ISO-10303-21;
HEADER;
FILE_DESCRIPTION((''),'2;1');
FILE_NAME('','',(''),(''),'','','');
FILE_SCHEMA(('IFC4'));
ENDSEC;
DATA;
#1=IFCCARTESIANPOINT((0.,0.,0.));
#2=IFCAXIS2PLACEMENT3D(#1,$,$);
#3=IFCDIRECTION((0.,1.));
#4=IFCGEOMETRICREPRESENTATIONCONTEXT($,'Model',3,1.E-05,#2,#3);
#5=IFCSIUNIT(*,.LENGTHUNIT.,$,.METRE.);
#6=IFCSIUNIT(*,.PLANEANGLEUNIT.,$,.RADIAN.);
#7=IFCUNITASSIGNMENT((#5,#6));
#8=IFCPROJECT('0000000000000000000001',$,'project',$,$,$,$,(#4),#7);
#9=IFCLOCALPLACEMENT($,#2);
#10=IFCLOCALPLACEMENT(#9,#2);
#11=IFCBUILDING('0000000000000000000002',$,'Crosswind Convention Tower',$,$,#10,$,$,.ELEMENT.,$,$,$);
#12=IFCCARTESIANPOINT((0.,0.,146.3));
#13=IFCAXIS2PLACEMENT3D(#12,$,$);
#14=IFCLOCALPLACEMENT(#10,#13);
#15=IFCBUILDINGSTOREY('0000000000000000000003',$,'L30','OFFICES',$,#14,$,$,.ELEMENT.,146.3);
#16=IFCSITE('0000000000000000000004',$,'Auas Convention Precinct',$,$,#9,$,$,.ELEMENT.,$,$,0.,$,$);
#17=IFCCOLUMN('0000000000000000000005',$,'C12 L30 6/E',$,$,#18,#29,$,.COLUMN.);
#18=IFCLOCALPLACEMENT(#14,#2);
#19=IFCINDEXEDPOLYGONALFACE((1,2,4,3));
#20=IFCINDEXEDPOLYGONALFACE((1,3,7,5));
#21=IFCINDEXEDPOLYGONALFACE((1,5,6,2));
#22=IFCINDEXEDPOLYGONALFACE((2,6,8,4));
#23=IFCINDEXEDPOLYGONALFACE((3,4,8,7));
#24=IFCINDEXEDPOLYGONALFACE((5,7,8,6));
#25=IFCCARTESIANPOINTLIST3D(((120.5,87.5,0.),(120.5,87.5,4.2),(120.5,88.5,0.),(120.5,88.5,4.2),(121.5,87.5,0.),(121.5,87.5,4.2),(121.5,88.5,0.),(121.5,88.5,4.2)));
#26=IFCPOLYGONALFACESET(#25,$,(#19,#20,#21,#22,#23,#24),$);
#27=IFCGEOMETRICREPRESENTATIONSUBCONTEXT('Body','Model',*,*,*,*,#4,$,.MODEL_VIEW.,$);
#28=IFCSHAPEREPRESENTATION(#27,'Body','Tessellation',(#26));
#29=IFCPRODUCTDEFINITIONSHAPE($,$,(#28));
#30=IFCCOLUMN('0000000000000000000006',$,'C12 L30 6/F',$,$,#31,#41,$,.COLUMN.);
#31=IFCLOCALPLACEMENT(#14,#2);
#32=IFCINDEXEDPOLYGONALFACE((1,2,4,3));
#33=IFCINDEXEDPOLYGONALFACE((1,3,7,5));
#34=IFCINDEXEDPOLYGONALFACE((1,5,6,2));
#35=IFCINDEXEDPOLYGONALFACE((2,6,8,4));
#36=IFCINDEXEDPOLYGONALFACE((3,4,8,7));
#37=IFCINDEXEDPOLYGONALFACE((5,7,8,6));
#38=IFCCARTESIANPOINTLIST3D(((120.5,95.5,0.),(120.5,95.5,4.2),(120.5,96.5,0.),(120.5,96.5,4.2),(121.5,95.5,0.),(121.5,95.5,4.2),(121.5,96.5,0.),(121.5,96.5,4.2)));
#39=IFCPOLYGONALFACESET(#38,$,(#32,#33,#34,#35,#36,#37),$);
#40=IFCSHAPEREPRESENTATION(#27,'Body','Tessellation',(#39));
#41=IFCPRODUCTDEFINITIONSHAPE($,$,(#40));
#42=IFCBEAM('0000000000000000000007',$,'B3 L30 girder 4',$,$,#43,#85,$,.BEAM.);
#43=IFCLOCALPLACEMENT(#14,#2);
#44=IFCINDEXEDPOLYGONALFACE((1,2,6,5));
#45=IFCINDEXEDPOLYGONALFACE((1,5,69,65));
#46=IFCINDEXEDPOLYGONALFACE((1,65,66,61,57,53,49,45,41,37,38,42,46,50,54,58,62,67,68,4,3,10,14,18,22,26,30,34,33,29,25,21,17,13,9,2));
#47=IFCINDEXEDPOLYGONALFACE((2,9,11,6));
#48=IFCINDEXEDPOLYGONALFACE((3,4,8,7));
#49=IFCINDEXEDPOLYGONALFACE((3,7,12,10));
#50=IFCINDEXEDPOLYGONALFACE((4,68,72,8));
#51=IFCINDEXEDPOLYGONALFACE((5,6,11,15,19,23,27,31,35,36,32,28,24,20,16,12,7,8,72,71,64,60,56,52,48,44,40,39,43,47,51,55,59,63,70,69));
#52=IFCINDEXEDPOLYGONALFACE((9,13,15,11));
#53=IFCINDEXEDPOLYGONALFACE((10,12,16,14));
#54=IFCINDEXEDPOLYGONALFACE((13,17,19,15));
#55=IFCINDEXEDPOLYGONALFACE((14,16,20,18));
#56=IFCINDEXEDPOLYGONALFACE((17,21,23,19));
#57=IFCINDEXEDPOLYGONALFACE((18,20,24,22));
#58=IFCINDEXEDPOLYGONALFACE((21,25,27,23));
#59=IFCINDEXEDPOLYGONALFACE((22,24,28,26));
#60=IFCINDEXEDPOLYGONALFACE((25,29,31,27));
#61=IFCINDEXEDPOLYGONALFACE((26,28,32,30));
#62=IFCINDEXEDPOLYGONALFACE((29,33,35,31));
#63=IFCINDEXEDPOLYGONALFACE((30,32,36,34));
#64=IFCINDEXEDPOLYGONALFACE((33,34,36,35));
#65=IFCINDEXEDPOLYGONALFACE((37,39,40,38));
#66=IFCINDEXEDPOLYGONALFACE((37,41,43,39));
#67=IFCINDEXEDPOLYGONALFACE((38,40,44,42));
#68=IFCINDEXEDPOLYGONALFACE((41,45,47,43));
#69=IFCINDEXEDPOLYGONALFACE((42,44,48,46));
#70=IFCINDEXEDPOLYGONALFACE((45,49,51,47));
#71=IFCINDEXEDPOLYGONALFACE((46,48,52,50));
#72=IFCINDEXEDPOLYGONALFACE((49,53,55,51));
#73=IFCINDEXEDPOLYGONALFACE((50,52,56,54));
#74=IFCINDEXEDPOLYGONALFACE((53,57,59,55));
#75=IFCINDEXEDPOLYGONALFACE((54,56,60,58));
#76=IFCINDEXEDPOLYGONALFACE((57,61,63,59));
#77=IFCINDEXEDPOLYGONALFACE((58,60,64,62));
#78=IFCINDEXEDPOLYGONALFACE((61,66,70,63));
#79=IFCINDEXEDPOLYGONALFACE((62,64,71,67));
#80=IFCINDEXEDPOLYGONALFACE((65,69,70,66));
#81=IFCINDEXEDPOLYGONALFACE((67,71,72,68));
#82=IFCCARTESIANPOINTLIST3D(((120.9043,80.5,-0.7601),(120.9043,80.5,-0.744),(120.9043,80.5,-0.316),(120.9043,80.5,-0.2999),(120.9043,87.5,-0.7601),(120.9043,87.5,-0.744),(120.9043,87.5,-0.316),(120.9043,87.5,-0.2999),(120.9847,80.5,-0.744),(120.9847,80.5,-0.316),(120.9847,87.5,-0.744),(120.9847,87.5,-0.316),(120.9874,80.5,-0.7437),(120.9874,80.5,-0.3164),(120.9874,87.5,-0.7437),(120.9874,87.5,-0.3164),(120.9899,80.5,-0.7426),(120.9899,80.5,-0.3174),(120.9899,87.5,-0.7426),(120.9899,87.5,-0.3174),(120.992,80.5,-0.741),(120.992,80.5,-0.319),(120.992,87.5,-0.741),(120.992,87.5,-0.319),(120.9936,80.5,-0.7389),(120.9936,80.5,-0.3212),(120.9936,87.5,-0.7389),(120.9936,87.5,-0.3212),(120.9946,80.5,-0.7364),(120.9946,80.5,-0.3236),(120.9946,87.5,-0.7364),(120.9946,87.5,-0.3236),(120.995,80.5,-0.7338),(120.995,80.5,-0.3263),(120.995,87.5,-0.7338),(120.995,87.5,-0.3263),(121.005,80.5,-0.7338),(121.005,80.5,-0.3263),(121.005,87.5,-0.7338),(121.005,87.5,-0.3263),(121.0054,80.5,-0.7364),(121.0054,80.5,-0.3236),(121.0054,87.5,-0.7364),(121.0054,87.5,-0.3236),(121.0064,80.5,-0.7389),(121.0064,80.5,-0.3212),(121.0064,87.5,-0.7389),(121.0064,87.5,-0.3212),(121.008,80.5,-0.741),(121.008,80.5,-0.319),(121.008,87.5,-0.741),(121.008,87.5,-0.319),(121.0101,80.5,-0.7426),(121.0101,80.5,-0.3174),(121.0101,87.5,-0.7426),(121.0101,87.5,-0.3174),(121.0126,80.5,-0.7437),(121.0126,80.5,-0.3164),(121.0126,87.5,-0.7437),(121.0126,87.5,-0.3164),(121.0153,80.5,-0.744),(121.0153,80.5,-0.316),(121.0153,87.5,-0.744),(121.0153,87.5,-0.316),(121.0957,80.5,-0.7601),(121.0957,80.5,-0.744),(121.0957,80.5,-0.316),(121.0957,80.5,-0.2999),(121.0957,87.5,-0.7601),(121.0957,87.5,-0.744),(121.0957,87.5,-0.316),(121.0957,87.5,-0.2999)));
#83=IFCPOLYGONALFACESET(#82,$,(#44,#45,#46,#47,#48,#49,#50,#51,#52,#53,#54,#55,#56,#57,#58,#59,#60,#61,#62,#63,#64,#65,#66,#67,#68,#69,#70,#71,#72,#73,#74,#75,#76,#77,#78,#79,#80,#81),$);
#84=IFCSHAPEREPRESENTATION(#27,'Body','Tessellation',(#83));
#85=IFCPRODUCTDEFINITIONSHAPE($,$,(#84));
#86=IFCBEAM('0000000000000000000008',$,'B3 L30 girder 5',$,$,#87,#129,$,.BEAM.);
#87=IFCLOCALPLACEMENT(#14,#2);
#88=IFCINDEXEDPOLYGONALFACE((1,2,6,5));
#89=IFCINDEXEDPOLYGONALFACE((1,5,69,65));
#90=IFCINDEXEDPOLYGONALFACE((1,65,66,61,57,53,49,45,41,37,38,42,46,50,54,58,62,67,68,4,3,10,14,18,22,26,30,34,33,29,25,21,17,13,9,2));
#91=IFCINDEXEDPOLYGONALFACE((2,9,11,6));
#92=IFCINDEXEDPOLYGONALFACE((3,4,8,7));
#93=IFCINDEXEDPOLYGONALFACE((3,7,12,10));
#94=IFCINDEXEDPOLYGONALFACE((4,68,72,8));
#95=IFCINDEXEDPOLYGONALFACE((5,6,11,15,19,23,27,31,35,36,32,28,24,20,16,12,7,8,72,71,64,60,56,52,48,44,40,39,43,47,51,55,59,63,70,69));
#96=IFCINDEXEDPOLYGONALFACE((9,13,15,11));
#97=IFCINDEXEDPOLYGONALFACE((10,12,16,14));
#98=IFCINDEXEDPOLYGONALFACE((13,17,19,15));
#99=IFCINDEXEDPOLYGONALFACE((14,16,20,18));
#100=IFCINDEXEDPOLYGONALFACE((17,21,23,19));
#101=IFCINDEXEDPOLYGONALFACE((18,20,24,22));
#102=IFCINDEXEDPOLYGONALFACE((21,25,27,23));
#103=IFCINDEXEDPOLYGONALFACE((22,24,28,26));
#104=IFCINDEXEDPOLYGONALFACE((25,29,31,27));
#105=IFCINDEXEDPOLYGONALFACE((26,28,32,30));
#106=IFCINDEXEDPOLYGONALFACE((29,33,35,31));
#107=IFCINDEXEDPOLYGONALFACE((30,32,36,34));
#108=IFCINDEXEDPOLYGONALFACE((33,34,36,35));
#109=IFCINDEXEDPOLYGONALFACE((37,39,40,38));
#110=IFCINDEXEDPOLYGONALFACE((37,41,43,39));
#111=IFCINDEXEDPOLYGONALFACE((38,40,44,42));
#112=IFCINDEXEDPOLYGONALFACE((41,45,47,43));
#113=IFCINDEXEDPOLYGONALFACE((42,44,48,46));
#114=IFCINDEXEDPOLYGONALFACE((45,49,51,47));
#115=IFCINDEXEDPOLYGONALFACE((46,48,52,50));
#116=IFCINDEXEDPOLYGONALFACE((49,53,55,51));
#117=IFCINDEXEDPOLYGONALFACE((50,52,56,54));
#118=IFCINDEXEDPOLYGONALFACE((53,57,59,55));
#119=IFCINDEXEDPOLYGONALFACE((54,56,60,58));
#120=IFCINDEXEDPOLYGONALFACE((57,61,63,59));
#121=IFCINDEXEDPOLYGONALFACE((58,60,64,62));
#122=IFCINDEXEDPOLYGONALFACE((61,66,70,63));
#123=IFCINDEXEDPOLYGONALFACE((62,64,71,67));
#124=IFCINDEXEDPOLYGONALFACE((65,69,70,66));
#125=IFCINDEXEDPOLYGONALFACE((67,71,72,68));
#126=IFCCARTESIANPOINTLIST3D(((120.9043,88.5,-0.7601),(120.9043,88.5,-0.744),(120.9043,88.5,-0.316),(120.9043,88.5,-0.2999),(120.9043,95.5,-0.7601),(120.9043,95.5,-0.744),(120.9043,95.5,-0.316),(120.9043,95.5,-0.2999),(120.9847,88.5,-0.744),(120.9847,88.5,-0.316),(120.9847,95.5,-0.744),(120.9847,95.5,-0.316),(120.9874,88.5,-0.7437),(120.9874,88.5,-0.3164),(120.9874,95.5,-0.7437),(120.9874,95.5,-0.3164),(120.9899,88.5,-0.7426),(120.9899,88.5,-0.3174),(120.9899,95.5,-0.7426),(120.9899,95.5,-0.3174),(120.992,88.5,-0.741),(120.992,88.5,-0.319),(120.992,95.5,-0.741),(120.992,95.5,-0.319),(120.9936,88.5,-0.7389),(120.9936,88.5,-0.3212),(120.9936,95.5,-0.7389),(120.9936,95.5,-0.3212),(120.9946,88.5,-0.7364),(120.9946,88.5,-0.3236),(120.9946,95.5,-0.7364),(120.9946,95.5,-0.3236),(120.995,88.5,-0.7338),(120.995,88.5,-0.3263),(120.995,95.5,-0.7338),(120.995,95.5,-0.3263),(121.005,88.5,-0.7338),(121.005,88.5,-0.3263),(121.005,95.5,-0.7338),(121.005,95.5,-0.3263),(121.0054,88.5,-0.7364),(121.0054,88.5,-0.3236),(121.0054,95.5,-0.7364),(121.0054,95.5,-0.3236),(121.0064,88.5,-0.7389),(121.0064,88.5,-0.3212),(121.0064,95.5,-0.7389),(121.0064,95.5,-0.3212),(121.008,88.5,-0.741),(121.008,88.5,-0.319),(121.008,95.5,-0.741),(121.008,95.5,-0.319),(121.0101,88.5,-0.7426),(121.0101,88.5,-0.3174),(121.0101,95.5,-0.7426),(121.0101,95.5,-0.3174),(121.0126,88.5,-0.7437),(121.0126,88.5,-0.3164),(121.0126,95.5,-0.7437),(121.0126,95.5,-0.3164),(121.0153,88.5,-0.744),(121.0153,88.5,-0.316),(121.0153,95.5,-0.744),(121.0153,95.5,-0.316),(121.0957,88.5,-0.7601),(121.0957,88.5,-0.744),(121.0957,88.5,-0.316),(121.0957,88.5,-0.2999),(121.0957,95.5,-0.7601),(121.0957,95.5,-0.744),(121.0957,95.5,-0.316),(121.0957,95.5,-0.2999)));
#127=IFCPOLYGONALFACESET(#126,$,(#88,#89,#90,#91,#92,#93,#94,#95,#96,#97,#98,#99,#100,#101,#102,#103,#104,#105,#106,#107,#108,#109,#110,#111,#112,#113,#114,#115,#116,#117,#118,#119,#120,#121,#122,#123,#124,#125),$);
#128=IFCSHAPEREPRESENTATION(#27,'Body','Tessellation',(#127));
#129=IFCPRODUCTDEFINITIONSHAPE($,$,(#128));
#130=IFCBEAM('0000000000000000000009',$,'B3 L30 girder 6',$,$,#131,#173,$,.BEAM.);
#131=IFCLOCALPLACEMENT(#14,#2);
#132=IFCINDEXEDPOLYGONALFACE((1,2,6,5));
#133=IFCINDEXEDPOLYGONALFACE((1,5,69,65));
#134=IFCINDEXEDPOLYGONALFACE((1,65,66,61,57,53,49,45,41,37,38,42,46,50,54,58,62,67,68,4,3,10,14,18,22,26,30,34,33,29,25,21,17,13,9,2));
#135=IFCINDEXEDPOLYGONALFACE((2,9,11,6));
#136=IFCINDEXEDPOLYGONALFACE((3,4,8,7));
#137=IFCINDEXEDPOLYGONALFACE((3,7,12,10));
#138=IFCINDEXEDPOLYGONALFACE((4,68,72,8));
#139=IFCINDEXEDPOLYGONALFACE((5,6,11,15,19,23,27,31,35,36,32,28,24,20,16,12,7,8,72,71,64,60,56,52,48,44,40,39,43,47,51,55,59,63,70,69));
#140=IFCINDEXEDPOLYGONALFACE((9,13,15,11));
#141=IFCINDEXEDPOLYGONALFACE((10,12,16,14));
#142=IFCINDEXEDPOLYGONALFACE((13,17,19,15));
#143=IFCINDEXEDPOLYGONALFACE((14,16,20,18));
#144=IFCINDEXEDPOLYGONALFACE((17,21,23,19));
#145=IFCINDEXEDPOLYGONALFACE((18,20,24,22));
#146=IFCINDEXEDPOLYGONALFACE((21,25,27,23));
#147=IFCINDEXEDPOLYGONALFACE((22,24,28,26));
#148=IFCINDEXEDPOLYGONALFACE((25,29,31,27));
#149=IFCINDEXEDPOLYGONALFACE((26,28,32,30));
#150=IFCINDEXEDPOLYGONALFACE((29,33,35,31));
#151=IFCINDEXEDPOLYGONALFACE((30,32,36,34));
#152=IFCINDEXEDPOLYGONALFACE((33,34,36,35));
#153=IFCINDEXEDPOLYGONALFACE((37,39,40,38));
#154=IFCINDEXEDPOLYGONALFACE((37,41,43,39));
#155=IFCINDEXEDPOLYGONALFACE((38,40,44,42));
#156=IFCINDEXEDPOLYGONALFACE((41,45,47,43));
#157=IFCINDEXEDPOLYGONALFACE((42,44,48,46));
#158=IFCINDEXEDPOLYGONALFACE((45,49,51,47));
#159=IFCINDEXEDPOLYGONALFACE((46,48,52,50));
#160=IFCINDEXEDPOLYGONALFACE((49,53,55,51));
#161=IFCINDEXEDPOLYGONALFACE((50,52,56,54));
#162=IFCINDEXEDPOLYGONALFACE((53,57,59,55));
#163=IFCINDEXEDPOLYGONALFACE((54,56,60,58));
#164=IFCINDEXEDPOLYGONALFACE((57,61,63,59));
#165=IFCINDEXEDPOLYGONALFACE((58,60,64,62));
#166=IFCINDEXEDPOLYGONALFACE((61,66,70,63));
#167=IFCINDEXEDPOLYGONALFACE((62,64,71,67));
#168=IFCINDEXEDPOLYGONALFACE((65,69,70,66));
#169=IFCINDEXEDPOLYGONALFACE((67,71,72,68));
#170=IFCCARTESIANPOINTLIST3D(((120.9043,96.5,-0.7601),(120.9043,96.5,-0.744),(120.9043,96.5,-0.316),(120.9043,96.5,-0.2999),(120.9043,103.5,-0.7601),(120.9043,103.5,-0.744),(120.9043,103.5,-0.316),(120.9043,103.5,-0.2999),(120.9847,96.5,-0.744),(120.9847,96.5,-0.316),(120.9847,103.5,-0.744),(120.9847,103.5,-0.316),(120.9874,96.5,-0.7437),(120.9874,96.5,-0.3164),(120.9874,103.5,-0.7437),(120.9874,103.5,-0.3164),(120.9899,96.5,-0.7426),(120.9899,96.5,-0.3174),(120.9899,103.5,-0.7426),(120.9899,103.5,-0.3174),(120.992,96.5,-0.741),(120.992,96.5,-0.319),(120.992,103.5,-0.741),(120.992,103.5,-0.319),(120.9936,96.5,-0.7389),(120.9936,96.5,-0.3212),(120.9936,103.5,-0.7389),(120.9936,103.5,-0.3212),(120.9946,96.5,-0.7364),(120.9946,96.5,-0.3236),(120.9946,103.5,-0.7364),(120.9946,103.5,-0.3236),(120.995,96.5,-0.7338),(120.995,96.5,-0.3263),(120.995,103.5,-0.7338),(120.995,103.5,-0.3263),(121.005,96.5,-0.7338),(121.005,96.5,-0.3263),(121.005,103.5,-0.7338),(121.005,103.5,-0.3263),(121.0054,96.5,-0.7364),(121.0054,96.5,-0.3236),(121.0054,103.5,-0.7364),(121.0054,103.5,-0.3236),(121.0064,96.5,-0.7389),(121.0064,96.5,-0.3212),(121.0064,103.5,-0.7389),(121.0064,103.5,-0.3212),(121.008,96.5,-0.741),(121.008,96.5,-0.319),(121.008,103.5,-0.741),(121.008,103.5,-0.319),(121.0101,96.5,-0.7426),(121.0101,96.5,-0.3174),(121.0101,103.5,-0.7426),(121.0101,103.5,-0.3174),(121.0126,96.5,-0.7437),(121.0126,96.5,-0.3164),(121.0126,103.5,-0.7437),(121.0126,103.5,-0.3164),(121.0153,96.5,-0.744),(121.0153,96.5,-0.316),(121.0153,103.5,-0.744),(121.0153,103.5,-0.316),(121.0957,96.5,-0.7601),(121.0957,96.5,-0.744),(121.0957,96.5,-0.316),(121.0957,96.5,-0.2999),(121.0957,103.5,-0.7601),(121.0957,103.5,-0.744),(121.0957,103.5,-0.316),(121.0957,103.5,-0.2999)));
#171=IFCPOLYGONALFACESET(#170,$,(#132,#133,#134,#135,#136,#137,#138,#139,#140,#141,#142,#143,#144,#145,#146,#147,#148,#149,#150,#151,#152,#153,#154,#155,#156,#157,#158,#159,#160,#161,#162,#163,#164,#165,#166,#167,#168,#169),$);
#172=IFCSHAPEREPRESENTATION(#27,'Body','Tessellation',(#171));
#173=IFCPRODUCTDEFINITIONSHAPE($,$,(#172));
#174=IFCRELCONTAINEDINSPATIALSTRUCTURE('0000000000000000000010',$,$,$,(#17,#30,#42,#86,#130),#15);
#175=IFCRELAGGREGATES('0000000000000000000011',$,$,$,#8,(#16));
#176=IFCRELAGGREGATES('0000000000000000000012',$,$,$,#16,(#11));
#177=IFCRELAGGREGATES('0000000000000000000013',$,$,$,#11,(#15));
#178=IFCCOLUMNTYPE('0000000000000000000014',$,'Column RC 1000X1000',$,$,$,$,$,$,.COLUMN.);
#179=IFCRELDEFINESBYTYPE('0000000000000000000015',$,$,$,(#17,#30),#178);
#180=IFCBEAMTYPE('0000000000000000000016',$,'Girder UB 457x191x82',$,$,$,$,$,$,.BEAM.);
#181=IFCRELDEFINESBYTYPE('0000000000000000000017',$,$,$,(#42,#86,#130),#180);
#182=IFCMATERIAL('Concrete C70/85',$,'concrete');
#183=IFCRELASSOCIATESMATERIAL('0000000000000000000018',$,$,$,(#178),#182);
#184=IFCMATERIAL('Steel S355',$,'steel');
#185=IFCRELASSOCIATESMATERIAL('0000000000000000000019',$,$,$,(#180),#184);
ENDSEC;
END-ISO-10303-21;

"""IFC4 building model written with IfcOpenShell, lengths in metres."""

from ifc_helpers import new_model, si_unit, direction, frame, origin, origin_2d, place, context, subcontext, project, spatial, rectangle, i_section, extrude, material, material_profile, profile_set, type_object, element, save


model = new_model("IFC4")

# Units and contexts
model_context = context("Model", 3, precision=1e-05, world=origin(), true_north=direction((0.0, 1.0)))
body_context = subcontext(model_context, "Body", "Model", "MODEL_VIEW")
ifc_project = project(units=[si_unit("LENGTHUNIT", "METRE"), si_unit("PLANEANGLEUNIT", "RADIAN")], contexts=[model_context])

# Site, building, storey
site_placement = place(None, origin())
site = spatial("IfcSite", under=ifc_project, at=site_placement, Name="Auas Convention Precinct", CompositionType="ELEMENT", RefElevation=0.0)
building_placement = place(site_placement, origin())
building = spatial("IfcBuilding", under=site, at=building_placement, Name="Crosswind Convention Tower", CompositionType="ELEMENT")
storey_placement = place(building_placement, frame((0.0, 0.0, 146.3)))
storey = spatial("IfcBuildingStorey", under=building, at=storey_placement, Name="L30", Description="OFFICES", CompositionType="ELEMENT", Elevation=146.3)

# Columns
ifc_material_1 = material(Name="Concrete C70/85", Category="concrete")
ifc_material_profile_1 = material_profile(ifc_material_1, rectangle(XDim=1.0, YDim=1.0, at=origin_2d()), Name="RC 1000X1000")
ifc_profile_set_1 = profile_set([ifc_material_profile_1], Name="Concrete C70/85")
column_type = type_object("IfcColumnType", Name="Column RC 1000X1000", PredefinedType="COLUMN", material=ifc_profile_set_1)
for number, where, z_axis, x_axis, name in (
    (1, (121.0, 88.0, 0.0), (0.0, 0.0, 1.0), (1.0, 0.0, 0.0), "C12 L30 6/E"),
    (2, (121.0, 96.0, 0.0), (0.0, 0.0, 1.0), (1.0, 0.0, 0.0), "C12 L30 6/F"),
):
    element("IfcColumn", number, at=place(storey_placement, frame(where, z_axis=z_axis, x_axis=x_axis)), inside=storey, type_object=column_type, Name=name, PredefinedType="COLUMN", context=body_context, shape_type="SweptSolid", body=[
        extrude(rectangle(XDim=1.0, YDim=1.0, at=origin_2d()), origin(), (0.0, 0.0, 1.0), 4.2),
    ])

# Beams
ifc_material_2 = material(Name="Steel S355", Category="steel")
ifc_material_profile_2 = material_profile(ifc_material_2, i_section(OverallWidth=0.1914, OverallDepth=0.4602, WebThickness=0.01, FlangeThickness=0.0161, FilletRadius=0.0103, at=origin_2d()), Name="UB 457x191x82")
ifc_profile_set_2 = profile_set([ifc_material_profile_2], Name="Steel S355")
beam_type_1 = type_object("IfcBeamType", Name="Girder UB 457x191x82", PredefinedType="BEAM", material=ifc_profile_set_2)
for number, where, z_axis, x_axis, name in (
    (3, (121.0, 80.5, -0.53), (0.0, 1.0, 0.0), (-1.0, 0.0, 0.0), "B3 L30 girder 4"),
    (4, (121.0, 88.5, -0.53), (0.0, 1.0, 0.0), (-1.0, 0.0, 0.0), "B3 L30 girder 5"),
    (5, (121.0, 96.5, -0.53), (0.0, 1.0, 0.0), (-1.0, 0.0, 0.0), "B3 L30 girder 6"),
):
    element("IfcBeam", number, at=place(storey_placement, frame(where, z_axis=z_axis, x_axis=x_axis)), inside=storey, type_object=beam_type_1, Name=name, PredefinedType="BEAM", context=body_context, shape_type="SweptSolid", body=[
        extrude(i_section(OverallWidth=0.1914, OverallDepth=0.4602, WebThickness=0.01, FlangeThickness=0.0161, FilletRadius=0.0103, at=origin_2d()), origin(), (0.0, 0.0, 1.0), 7.0),
    ])

save(model, "model.ifc")
